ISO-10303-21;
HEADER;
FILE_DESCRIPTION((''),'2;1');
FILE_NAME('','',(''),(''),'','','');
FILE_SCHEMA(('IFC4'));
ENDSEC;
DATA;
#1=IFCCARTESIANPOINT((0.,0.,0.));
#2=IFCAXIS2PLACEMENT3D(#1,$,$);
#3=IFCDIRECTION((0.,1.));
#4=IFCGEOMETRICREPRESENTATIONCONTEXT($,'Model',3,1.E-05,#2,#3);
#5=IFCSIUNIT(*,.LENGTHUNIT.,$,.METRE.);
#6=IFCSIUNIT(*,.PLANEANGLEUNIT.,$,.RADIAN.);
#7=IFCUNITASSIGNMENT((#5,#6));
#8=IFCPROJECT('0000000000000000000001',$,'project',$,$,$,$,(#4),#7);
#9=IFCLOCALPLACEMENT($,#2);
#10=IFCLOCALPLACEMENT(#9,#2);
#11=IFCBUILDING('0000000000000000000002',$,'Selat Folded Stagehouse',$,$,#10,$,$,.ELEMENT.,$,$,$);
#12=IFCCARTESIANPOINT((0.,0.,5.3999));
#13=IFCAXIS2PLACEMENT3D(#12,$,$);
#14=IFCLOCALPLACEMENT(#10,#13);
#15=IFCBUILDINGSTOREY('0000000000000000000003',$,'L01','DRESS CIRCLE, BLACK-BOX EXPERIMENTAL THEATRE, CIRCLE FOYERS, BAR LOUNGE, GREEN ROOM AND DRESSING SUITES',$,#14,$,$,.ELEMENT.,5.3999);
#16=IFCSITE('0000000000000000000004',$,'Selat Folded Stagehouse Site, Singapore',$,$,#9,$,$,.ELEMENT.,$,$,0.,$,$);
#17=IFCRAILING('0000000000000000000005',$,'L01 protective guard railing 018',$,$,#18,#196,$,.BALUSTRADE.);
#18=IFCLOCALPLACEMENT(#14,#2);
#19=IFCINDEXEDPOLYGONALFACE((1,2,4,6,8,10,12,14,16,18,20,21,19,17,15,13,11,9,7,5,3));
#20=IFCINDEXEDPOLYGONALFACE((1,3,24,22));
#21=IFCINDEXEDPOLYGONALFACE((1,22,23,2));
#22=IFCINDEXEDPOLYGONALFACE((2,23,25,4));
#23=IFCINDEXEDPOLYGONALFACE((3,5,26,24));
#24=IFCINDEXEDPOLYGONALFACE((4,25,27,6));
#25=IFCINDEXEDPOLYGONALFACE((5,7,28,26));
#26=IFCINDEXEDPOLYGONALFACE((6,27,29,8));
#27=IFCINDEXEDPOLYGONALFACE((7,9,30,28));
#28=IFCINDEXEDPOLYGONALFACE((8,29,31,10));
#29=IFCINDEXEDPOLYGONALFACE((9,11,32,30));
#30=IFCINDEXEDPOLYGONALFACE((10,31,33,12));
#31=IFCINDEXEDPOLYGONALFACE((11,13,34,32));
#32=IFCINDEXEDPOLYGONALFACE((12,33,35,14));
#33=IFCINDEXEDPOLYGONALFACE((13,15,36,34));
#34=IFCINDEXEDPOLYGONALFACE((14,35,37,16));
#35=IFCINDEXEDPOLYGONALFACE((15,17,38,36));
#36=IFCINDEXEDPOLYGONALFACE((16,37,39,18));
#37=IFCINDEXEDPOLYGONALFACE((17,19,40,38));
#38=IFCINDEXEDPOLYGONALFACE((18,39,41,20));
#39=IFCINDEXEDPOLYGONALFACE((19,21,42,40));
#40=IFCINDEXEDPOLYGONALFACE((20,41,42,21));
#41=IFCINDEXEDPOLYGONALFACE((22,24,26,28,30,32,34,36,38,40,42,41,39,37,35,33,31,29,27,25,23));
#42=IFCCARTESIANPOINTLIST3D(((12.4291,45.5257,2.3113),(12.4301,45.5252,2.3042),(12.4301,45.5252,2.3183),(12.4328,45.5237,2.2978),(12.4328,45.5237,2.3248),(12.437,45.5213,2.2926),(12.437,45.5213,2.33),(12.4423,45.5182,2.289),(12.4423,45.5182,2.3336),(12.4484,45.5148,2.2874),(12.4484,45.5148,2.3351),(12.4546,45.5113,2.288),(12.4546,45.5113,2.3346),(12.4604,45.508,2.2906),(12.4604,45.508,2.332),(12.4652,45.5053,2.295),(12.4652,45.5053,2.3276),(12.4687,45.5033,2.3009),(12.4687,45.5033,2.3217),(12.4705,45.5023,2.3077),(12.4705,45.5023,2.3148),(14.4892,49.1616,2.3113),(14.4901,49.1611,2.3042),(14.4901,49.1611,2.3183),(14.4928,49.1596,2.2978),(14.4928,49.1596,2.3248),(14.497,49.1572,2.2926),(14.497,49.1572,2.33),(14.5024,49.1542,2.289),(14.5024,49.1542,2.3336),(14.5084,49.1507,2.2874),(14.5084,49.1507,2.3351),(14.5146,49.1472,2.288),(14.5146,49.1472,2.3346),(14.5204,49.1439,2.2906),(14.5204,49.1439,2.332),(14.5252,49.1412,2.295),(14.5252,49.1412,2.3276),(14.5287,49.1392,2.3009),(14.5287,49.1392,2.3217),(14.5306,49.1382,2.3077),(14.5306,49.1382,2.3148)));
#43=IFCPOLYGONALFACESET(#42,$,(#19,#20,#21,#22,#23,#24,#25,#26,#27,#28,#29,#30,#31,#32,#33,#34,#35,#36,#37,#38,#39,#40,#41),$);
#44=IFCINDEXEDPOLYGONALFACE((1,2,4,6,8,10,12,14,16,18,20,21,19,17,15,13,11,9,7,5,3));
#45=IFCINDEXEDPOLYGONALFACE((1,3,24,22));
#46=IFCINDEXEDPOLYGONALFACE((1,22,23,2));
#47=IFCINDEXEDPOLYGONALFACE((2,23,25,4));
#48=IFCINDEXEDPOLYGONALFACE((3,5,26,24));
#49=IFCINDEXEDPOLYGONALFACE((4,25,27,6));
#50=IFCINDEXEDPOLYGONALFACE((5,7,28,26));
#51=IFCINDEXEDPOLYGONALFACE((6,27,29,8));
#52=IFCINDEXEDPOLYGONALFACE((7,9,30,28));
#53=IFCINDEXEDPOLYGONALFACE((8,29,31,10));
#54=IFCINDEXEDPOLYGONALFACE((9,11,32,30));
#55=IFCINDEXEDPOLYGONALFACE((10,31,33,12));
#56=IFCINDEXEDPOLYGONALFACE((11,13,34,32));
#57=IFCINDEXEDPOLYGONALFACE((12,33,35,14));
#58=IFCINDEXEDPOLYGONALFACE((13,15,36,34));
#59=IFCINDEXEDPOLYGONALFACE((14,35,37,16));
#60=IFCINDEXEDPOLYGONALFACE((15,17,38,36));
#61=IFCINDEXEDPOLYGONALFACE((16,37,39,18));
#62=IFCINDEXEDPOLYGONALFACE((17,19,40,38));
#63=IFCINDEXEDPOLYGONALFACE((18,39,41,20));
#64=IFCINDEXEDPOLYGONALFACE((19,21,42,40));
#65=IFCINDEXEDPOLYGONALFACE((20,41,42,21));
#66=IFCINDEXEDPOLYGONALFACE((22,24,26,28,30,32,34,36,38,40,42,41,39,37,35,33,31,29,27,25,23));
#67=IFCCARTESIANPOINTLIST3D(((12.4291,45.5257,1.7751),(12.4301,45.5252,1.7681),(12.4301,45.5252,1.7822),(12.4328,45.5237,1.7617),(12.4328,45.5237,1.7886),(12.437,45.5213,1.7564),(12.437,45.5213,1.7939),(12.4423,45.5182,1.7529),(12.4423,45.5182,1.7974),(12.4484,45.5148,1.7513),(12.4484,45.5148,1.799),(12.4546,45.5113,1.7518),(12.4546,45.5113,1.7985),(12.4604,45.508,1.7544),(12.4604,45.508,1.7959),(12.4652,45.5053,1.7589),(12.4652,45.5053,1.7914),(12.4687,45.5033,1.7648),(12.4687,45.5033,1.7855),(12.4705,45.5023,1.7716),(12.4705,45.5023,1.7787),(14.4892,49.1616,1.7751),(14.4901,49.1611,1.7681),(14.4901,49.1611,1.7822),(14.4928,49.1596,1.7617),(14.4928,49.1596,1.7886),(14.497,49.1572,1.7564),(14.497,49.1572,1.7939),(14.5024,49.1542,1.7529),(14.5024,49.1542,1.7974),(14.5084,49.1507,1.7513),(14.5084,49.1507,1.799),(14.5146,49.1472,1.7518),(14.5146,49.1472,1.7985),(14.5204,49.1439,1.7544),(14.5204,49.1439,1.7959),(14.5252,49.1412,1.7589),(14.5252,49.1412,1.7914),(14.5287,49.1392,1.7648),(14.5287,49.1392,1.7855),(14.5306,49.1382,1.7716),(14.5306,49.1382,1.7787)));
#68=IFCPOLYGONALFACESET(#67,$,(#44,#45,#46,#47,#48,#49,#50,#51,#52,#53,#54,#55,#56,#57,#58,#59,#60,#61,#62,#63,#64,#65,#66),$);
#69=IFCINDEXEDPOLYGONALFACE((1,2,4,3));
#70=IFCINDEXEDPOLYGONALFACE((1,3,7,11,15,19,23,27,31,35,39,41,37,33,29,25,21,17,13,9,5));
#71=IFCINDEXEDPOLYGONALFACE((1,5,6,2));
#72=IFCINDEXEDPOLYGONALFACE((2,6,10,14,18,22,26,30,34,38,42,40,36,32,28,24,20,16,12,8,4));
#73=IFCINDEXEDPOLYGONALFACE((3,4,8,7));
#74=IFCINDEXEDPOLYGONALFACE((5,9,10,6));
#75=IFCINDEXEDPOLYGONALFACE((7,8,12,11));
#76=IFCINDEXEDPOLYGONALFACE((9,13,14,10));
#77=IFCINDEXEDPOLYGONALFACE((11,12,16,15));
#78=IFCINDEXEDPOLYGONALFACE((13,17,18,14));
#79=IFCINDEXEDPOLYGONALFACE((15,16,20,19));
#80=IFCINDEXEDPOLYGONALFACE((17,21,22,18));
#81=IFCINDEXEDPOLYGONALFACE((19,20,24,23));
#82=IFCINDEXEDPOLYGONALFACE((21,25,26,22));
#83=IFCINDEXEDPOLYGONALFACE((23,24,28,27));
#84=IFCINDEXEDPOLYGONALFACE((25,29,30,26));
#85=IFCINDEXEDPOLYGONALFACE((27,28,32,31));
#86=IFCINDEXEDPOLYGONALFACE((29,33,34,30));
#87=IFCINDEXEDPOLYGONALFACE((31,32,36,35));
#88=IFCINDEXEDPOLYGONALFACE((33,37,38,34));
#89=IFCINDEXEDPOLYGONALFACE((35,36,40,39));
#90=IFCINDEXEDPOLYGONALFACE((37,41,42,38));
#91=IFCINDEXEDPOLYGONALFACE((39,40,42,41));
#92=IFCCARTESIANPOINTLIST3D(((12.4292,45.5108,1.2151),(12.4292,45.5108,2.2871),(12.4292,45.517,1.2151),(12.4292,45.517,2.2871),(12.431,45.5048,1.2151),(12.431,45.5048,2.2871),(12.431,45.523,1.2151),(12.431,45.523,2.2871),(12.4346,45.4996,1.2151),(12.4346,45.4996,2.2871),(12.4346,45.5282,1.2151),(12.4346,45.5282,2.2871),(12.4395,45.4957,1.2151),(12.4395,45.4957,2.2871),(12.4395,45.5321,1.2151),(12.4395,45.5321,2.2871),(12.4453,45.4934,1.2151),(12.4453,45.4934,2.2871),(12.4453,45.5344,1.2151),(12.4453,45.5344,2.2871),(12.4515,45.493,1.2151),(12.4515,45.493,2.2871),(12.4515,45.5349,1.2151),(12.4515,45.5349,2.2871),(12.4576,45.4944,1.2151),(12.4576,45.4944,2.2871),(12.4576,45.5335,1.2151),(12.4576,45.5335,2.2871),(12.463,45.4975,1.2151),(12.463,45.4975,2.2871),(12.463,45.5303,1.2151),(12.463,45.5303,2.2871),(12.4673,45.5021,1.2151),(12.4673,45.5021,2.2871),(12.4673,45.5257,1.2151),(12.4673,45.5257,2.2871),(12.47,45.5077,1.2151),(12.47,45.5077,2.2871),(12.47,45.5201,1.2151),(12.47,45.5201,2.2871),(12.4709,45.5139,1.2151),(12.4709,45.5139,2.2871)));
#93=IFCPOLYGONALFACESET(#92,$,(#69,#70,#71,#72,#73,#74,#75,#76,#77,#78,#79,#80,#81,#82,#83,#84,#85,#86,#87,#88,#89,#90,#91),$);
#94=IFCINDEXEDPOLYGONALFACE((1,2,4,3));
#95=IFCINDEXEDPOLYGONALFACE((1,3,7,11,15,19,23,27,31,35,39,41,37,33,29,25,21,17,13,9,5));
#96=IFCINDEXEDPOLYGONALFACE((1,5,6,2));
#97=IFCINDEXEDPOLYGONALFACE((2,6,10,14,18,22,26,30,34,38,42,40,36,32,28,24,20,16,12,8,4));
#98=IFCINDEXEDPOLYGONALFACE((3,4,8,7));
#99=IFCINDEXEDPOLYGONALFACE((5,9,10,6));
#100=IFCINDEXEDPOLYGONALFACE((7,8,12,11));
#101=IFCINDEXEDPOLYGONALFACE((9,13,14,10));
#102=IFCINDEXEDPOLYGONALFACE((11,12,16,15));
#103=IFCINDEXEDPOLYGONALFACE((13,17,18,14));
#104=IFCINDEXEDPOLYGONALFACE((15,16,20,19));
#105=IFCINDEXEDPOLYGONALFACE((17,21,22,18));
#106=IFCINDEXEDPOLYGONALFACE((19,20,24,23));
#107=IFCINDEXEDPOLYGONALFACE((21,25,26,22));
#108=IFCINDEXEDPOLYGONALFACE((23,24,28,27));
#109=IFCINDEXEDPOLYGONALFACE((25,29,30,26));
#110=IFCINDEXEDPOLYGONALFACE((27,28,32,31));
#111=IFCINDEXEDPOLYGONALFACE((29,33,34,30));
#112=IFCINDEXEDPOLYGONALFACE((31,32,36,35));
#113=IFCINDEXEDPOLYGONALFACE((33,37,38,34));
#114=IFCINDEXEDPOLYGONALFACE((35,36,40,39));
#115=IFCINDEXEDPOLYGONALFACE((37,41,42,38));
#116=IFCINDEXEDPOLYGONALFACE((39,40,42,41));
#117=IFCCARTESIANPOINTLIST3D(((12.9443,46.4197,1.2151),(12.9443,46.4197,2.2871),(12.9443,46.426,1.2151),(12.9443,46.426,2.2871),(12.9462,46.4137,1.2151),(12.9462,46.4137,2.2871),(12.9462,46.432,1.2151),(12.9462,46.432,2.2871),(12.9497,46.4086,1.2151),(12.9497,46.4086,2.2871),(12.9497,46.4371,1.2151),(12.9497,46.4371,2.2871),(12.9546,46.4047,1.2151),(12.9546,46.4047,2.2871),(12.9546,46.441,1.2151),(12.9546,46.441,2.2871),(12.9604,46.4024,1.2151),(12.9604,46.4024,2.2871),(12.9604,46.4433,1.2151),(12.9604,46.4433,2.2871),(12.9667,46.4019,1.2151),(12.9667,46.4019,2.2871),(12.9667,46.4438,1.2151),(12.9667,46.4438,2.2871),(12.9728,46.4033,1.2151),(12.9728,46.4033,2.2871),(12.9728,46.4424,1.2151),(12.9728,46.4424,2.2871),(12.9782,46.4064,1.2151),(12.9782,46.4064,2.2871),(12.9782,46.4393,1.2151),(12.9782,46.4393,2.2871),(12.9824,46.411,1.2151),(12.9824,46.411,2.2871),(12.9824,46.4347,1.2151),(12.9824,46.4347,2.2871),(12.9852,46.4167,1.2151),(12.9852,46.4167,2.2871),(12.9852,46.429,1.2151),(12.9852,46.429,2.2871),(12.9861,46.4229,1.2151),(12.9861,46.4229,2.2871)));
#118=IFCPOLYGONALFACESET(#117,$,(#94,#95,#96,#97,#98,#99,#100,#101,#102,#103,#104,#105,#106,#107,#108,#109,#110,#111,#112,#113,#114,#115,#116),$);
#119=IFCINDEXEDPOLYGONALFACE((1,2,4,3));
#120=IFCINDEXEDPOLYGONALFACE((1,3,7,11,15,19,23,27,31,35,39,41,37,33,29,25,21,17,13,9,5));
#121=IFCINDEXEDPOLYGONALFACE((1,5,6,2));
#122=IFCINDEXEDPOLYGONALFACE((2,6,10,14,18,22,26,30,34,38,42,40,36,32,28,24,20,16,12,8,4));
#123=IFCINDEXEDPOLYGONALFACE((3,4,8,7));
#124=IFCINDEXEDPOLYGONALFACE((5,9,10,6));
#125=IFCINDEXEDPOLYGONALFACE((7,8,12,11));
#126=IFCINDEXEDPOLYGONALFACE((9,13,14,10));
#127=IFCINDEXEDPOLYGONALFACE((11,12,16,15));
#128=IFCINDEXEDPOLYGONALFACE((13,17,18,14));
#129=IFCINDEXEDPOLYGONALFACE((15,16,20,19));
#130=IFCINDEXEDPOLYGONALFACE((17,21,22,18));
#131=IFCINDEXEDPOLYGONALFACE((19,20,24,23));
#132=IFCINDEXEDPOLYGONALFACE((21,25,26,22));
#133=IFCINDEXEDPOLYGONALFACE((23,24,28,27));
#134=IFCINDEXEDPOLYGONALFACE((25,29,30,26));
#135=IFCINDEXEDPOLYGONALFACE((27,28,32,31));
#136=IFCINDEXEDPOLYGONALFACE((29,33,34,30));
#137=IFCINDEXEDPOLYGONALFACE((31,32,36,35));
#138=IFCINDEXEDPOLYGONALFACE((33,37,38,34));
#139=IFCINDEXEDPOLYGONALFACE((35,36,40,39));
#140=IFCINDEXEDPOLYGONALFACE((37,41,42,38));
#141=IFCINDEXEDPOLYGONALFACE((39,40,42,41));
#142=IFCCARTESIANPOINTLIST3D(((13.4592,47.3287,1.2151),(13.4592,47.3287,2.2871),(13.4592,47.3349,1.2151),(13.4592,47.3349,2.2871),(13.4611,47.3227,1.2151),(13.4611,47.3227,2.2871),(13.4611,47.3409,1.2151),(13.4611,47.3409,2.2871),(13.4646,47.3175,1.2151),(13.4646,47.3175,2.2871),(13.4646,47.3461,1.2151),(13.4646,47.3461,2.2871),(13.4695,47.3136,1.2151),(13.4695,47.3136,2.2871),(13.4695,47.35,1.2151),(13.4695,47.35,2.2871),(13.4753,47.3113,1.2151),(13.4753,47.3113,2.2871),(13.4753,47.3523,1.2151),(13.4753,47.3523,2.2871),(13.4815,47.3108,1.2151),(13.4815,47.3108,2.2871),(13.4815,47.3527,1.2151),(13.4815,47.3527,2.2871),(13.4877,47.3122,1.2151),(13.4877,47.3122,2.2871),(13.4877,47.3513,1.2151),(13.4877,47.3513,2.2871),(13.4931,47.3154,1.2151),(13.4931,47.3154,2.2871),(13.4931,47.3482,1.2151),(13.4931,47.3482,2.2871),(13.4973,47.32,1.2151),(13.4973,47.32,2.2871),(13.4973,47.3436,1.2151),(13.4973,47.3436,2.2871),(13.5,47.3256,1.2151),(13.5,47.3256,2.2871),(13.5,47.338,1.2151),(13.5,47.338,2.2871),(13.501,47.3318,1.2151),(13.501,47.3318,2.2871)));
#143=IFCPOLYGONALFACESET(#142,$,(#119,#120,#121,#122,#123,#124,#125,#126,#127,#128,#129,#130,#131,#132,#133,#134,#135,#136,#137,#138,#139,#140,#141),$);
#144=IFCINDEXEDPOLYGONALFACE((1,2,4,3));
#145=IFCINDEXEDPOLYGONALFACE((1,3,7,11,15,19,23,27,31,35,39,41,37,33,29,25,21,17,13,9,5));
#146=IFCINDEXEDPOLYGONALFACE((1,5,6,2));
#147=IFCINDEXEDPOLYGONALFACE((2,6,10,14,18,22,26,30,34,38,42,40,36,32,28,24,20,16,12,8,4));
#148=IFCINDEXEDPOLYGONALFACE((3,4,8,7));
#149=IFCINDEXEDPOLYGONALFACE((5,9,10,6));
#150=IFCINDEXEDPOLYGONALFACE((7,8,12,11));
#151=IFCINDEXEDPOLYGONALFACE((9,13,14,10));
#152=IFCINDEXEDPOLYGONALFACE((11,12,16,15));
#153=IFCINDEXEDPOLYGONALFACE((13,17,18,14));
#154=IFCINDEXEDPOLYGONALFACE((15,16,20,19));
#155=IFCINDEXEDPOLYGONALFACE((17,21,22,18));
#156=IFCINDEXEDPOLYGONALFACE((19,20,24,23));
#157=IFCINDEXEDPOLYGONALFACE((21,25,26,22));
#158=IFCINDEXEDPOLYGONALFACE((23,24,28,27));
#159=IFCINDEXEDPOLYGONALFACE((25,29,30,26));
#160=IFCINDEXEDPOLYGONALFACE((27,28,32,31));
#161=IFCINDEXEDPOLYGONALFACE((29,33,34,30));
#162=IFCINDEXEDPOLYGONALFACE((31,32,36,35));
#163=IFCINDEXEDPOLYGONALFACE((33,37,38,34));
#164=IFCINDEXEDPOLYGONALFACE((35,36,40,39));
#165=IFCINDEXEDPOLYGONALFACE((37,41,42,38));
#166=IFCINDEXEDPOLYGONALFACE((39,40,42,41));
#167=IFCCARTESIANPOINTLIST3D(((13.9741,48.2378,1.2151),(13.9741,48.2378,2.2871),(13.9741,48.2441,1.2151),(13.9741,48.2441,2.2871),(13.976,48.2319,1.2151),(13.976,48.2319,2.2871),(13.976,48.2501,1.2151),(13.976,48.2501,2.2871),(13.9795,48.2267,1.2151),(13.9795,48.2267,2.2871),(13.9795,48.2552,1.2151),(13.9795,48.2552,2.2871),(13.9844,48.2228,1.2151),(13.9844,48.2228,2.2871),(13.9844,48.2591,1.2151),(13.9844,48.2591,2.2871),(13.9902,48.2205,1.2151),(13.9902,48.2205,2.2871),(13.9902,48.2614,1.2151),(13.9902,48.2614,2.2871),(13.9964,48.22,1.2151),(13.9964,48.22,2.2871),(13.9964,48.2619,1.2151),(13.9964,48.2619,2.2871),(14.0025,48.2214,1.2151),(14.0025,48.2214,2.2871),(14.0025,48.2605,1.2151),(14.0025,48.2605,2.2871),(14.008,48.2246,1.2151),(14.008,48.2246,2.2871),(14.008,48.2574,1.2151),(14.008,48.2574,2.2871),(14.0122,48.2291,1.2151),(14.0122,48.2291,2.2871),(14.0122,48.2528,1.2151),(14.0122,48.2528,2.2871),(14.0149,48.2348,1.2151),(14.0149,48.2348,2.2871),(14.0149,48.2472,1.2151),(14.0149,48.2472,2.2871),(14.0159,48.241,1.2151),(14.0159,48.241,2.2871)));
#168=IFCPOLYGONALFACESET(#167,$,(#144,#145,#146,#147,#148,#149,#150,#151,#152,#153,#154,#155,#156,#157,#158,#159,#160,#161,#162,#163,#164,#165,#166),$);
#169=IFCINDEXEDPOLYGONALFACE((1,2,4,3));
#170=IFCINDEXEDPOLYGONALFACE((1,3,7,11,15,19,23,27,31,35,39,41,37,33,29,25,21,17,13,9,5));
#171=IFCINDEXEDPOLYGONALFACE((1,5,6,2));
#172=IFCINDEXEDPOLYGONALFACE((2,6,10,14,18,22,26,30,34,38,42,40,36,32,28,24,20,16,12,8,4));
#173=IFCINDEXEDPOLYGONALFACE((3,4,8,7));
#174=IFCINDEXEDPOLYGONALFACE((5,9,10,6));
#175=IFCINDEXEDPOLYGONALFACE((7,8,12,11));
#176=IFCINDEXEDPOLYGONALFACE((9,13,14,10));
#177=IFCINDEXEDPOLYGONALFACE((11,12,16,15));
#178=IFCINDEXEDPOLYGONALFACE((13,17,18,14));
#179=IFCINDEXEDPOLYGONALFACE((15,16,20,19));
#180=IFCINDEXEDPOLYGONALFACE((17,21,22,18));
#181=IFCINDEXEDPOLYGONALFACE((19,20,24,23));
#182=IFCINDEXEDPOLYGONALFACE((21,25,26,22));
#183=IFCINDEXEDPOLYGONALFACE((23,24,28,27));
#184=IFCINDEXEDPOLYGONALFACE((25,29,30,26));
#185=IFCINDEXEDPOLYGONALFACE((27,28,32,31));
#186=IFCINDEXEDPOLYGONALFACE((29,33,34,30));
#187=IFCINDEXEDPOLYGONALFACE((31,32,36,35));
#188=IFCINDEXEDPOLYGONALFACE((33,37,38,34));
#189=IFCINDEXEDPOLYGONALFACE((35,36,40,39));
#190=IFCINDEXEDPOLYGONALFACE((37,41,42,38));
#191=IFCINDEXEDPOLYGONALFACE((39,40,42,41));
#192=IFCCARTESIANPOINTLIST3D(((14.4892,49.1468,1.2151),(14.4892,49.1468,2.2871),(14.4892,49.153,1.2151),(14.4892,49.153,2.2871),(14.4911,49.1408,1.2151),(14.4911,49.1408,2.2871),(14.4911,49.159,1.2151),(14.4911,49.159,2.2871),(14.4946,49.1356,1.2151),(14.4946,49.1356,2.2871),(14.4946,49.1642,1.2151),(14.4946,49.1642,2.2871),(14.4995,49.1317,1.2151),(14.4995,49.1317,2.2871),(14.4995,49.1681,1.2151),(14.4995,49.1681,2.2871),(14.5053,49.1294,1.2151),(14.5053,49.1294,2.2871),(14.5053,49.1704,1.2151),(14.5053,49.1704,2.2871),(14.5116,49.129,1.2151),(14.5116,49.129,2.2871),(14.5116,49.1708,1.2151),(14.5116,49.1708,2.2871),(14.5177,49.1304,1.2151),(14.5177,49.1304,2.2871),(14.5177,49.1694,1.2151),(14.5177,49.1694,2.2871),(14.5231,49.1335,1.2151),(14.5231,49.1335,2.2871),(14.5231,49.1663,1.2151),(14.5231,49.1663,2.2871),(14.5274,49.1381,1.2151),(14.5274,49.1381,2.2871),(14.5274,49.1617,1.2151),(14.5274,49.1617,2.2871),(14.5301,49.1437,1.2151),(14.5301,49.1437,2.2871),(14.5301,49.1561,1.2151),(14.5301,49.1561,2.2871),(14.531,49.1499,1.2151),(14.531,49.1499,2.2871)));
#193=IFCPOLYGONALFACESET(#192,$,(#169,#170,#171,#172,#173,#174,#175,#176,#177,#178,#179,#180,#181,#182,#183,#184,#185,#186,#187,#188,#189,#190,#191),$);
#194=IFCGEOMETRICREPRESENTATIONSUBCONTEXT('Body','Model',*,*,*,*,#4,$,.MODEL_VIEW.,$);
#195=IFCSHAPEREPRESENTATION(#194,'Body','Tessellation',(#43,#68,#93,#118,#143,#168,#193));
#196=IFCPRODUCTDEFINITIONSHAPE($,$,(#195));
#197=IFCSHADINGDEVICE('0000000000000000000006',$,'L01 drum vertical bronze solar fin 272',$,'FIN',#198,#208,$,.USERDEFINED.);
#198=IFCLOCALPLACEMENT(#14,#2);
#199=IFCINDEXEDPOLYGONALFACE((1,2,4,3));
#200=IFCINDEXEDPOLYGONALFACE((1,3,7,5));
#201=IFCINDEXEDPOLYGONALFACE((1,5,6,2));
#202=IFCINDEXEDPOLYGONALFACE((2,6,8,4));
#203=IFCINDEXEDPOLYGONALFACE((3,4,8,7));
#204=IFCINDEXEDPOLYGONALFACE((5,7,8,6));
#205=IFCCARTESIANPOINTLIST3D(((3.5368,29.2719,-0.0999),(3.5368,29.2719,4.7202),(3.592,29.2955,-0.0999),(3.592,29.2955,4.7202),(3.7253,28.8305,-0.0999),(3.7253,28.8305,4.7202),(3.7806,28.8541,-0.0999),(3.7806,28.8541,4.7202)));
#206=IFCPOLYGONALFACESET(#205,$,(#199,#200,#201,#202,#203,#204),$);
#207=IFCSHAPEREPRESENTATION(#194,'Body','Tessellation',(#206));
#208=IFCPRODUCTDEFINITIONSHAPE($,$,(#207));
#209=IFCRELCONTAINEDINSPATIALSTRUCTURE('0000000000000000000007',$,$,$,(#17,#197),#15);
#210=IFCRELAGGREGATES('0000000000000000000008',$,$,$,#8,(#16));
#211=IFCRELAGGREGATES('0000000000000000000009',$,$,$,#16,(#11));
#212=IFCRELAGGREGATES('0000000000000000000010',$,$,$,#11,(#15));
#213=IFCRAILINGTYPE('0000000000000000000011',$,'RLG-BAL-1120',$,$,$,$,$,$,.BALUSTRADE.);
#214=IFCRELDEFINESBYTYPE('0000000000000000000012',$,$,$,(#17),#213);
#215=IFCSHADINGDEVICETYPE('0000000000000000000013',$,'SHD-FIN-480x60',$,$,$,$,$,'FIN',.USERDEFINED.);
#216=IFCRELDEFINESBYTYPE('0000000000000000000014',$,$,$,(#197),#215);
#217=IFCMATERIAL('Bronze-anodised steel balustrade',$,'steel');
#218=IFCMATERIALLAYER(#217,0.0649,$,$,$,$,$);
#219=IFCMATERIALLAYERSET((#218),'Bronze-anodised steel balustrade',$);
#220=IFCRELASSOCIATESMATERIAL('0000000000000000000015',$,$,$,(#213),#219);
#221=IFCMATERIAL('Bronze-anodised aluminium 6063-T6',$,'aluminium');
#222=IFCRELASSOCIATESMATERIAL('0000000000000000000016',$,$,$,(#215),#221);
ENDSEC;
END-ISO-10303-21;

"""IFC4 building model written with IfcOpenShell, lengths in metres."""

from ifc_helpers import new_model, si_unit, direction, frame, origin, origin_2d, place, context, subcontext, project, spatial, rectangle, circle, extrude, material, layer, layer_set, material_profile, profile_set, type_object, element, save


model = new_model("IFC4")

# Units and contexts
model_context = context("Model", 3, precision=1e-05, world=origin(), true_north=direction((0.0, 1.0)))
body_context = subcontext(model_context, "Body", "Model", "MODEL_VIEW")
ifc_project = project(units=[si_unit("LENGTHUNIT", "METRE"), si_unit("PLANEANGLEUNIT", "RADIAN")], contexts=[model_context])

# Site, building, storey
site_placement = place(None, origin())
site = spatial("IfcSite", under=ifc_project, at=site_placement, Name="Selat Folded Stagehouse Site, Singapore", CompositionType="ELEMENT", RefElevation=0.0)
building_placement = place(site_placement, origin())
building = spatial("IfcBuilding", under=site, at=building_placement, Name="Selat Folded Stagehouse", CompositionType="ELEMENT")
storey_placement = place(building_placement, frame((0.0, 0.0, 5.3999)))
storey = spatial("IfcBuildingStorey", under=building, at=storey_placement, Name="L01", Description="DRESS CIRCLE, BLACK-BOX EXPERIMENTAL THEATRE, CIRCLE FOYERS, BAR LOUNGE, GREEN ROOM AND DRESSING SUITES", CompositionType="ELEMENT", Elevation=5.3999)

# Railing
ifc_material_1 = material(Name="Bronze-anodised steel balustrade", Category="steel")
ifc_layer_1 = layer(ifc_material_1, 0.0649)
ifc_layer_set_1 = layer_set([ifc_layer_1], Name="Bronze-anodised steel balustrade")
railing_type = type_object("IfcRailingType", Name="RLG-BAL-1120", PredefinedType="BALUSTRADE", material=ifc_layer_set_1)
railing_placement = place(storey_placement, frame((12.45, 45.5139, 1.2151)))
element("IfcRailing", 1, at=railing_placement, inside=storey, type_object=railing_type, Name="L01 protective guard railing 018", PredefinedType="BALUSTRADE", context=body_context, shape_type="SweptSolid", body=[
    extrude(circle(Radius=0.0239, at=origin_2d()), frame((0.0, 0.0, 1.0962), z_axis=(0.492952, 0.870056, 0.0), x_axis=(-0.870056, 0.492952, 0.0)), (0.0, 0.0, 1.0), 4.179),
    extrude(circle(Radius=0.0239, at=origin_2d()), frame((0.0, 0.0, 0.5601), z_axis=(0.492952, 0.870056, 0.0), x_axis=(-0.870056, 0.492952, 0.0)), (0.0, 0.0, 1.0), 4.179),
    extrude(circle(Radius=0.021, at=origin_2d()), origin(), (0.0, 0.0, 1.0), 1.072),
    extrude(circle(Radius=0.021, at=origin_2d()), frame((0.5151, 0.9089, 0.0)), (0.0, 0.0, 1.0), 1.072),
    extrude(circle(Radius=0.021, at=origin_2d()), frame((1.03, 1.8179, 0.0)), (0.0, 0.0, 1.0), 1.072),
    extrude(circle(Radius=0.021, at=origin_2d()), frame((1.5449, 2.7271, 0.0)), (0.0, 0.0, 1.0), 1.072),
    extrude(circle(Radius=0.021, at=origin_2d()), frame((2.0601, 3.636, 0.0)), (0.0, 0.0, 1.0), 1.072),
])

# Shading device
ifc_material_2 = material(Name="Bronze-anodised aluminium 6063-T6", Category="aluminium")
ifc_material_profile_1 = material_profile(ifc_material_2, rectangle(XDim=0.0601, YDim=0.48, at=origin_2d()), Name="SOLAR-FIN 480x60")
ifc_profile_set_1 = profile_set([ifc_material_profile_1], Name="Bronze-anodised aluminium 6063-T6")
shading_device_type = type_object("IfcShadingDeviceType", Name="SHD-FIN-480x60", ElementType="FIN", PredefinedType="USERDEFINED", material=ifc_profile_set_1)
for number, where, z_axis, x_axis, name in (
    (2, (3.6587, 29.063, -0.0999), (0.0, 0.0, 1.0), (-0.919616, -0.392819, 0.0), "L01 drum vertical bronze solar fin 272"),
):
    element("IfcShadingDevice", number, at=place(storey_placement, frame(where, z_axis=z_axis, x_axis=x_axis)), inside=storey, type_object=shading_device_type, Name=name, ObjectType="FIN", PredefinedType="USERDEFINED", context=body_context, shape_type="SweptSolid", body=[
        extrude(rectangle(XDim=0.0601, YDim=0.48, at=origin_2d()), origin(), (0.0, 0.0, 1.0), 4.8201),
    ])

save(model, "model.ifc")
